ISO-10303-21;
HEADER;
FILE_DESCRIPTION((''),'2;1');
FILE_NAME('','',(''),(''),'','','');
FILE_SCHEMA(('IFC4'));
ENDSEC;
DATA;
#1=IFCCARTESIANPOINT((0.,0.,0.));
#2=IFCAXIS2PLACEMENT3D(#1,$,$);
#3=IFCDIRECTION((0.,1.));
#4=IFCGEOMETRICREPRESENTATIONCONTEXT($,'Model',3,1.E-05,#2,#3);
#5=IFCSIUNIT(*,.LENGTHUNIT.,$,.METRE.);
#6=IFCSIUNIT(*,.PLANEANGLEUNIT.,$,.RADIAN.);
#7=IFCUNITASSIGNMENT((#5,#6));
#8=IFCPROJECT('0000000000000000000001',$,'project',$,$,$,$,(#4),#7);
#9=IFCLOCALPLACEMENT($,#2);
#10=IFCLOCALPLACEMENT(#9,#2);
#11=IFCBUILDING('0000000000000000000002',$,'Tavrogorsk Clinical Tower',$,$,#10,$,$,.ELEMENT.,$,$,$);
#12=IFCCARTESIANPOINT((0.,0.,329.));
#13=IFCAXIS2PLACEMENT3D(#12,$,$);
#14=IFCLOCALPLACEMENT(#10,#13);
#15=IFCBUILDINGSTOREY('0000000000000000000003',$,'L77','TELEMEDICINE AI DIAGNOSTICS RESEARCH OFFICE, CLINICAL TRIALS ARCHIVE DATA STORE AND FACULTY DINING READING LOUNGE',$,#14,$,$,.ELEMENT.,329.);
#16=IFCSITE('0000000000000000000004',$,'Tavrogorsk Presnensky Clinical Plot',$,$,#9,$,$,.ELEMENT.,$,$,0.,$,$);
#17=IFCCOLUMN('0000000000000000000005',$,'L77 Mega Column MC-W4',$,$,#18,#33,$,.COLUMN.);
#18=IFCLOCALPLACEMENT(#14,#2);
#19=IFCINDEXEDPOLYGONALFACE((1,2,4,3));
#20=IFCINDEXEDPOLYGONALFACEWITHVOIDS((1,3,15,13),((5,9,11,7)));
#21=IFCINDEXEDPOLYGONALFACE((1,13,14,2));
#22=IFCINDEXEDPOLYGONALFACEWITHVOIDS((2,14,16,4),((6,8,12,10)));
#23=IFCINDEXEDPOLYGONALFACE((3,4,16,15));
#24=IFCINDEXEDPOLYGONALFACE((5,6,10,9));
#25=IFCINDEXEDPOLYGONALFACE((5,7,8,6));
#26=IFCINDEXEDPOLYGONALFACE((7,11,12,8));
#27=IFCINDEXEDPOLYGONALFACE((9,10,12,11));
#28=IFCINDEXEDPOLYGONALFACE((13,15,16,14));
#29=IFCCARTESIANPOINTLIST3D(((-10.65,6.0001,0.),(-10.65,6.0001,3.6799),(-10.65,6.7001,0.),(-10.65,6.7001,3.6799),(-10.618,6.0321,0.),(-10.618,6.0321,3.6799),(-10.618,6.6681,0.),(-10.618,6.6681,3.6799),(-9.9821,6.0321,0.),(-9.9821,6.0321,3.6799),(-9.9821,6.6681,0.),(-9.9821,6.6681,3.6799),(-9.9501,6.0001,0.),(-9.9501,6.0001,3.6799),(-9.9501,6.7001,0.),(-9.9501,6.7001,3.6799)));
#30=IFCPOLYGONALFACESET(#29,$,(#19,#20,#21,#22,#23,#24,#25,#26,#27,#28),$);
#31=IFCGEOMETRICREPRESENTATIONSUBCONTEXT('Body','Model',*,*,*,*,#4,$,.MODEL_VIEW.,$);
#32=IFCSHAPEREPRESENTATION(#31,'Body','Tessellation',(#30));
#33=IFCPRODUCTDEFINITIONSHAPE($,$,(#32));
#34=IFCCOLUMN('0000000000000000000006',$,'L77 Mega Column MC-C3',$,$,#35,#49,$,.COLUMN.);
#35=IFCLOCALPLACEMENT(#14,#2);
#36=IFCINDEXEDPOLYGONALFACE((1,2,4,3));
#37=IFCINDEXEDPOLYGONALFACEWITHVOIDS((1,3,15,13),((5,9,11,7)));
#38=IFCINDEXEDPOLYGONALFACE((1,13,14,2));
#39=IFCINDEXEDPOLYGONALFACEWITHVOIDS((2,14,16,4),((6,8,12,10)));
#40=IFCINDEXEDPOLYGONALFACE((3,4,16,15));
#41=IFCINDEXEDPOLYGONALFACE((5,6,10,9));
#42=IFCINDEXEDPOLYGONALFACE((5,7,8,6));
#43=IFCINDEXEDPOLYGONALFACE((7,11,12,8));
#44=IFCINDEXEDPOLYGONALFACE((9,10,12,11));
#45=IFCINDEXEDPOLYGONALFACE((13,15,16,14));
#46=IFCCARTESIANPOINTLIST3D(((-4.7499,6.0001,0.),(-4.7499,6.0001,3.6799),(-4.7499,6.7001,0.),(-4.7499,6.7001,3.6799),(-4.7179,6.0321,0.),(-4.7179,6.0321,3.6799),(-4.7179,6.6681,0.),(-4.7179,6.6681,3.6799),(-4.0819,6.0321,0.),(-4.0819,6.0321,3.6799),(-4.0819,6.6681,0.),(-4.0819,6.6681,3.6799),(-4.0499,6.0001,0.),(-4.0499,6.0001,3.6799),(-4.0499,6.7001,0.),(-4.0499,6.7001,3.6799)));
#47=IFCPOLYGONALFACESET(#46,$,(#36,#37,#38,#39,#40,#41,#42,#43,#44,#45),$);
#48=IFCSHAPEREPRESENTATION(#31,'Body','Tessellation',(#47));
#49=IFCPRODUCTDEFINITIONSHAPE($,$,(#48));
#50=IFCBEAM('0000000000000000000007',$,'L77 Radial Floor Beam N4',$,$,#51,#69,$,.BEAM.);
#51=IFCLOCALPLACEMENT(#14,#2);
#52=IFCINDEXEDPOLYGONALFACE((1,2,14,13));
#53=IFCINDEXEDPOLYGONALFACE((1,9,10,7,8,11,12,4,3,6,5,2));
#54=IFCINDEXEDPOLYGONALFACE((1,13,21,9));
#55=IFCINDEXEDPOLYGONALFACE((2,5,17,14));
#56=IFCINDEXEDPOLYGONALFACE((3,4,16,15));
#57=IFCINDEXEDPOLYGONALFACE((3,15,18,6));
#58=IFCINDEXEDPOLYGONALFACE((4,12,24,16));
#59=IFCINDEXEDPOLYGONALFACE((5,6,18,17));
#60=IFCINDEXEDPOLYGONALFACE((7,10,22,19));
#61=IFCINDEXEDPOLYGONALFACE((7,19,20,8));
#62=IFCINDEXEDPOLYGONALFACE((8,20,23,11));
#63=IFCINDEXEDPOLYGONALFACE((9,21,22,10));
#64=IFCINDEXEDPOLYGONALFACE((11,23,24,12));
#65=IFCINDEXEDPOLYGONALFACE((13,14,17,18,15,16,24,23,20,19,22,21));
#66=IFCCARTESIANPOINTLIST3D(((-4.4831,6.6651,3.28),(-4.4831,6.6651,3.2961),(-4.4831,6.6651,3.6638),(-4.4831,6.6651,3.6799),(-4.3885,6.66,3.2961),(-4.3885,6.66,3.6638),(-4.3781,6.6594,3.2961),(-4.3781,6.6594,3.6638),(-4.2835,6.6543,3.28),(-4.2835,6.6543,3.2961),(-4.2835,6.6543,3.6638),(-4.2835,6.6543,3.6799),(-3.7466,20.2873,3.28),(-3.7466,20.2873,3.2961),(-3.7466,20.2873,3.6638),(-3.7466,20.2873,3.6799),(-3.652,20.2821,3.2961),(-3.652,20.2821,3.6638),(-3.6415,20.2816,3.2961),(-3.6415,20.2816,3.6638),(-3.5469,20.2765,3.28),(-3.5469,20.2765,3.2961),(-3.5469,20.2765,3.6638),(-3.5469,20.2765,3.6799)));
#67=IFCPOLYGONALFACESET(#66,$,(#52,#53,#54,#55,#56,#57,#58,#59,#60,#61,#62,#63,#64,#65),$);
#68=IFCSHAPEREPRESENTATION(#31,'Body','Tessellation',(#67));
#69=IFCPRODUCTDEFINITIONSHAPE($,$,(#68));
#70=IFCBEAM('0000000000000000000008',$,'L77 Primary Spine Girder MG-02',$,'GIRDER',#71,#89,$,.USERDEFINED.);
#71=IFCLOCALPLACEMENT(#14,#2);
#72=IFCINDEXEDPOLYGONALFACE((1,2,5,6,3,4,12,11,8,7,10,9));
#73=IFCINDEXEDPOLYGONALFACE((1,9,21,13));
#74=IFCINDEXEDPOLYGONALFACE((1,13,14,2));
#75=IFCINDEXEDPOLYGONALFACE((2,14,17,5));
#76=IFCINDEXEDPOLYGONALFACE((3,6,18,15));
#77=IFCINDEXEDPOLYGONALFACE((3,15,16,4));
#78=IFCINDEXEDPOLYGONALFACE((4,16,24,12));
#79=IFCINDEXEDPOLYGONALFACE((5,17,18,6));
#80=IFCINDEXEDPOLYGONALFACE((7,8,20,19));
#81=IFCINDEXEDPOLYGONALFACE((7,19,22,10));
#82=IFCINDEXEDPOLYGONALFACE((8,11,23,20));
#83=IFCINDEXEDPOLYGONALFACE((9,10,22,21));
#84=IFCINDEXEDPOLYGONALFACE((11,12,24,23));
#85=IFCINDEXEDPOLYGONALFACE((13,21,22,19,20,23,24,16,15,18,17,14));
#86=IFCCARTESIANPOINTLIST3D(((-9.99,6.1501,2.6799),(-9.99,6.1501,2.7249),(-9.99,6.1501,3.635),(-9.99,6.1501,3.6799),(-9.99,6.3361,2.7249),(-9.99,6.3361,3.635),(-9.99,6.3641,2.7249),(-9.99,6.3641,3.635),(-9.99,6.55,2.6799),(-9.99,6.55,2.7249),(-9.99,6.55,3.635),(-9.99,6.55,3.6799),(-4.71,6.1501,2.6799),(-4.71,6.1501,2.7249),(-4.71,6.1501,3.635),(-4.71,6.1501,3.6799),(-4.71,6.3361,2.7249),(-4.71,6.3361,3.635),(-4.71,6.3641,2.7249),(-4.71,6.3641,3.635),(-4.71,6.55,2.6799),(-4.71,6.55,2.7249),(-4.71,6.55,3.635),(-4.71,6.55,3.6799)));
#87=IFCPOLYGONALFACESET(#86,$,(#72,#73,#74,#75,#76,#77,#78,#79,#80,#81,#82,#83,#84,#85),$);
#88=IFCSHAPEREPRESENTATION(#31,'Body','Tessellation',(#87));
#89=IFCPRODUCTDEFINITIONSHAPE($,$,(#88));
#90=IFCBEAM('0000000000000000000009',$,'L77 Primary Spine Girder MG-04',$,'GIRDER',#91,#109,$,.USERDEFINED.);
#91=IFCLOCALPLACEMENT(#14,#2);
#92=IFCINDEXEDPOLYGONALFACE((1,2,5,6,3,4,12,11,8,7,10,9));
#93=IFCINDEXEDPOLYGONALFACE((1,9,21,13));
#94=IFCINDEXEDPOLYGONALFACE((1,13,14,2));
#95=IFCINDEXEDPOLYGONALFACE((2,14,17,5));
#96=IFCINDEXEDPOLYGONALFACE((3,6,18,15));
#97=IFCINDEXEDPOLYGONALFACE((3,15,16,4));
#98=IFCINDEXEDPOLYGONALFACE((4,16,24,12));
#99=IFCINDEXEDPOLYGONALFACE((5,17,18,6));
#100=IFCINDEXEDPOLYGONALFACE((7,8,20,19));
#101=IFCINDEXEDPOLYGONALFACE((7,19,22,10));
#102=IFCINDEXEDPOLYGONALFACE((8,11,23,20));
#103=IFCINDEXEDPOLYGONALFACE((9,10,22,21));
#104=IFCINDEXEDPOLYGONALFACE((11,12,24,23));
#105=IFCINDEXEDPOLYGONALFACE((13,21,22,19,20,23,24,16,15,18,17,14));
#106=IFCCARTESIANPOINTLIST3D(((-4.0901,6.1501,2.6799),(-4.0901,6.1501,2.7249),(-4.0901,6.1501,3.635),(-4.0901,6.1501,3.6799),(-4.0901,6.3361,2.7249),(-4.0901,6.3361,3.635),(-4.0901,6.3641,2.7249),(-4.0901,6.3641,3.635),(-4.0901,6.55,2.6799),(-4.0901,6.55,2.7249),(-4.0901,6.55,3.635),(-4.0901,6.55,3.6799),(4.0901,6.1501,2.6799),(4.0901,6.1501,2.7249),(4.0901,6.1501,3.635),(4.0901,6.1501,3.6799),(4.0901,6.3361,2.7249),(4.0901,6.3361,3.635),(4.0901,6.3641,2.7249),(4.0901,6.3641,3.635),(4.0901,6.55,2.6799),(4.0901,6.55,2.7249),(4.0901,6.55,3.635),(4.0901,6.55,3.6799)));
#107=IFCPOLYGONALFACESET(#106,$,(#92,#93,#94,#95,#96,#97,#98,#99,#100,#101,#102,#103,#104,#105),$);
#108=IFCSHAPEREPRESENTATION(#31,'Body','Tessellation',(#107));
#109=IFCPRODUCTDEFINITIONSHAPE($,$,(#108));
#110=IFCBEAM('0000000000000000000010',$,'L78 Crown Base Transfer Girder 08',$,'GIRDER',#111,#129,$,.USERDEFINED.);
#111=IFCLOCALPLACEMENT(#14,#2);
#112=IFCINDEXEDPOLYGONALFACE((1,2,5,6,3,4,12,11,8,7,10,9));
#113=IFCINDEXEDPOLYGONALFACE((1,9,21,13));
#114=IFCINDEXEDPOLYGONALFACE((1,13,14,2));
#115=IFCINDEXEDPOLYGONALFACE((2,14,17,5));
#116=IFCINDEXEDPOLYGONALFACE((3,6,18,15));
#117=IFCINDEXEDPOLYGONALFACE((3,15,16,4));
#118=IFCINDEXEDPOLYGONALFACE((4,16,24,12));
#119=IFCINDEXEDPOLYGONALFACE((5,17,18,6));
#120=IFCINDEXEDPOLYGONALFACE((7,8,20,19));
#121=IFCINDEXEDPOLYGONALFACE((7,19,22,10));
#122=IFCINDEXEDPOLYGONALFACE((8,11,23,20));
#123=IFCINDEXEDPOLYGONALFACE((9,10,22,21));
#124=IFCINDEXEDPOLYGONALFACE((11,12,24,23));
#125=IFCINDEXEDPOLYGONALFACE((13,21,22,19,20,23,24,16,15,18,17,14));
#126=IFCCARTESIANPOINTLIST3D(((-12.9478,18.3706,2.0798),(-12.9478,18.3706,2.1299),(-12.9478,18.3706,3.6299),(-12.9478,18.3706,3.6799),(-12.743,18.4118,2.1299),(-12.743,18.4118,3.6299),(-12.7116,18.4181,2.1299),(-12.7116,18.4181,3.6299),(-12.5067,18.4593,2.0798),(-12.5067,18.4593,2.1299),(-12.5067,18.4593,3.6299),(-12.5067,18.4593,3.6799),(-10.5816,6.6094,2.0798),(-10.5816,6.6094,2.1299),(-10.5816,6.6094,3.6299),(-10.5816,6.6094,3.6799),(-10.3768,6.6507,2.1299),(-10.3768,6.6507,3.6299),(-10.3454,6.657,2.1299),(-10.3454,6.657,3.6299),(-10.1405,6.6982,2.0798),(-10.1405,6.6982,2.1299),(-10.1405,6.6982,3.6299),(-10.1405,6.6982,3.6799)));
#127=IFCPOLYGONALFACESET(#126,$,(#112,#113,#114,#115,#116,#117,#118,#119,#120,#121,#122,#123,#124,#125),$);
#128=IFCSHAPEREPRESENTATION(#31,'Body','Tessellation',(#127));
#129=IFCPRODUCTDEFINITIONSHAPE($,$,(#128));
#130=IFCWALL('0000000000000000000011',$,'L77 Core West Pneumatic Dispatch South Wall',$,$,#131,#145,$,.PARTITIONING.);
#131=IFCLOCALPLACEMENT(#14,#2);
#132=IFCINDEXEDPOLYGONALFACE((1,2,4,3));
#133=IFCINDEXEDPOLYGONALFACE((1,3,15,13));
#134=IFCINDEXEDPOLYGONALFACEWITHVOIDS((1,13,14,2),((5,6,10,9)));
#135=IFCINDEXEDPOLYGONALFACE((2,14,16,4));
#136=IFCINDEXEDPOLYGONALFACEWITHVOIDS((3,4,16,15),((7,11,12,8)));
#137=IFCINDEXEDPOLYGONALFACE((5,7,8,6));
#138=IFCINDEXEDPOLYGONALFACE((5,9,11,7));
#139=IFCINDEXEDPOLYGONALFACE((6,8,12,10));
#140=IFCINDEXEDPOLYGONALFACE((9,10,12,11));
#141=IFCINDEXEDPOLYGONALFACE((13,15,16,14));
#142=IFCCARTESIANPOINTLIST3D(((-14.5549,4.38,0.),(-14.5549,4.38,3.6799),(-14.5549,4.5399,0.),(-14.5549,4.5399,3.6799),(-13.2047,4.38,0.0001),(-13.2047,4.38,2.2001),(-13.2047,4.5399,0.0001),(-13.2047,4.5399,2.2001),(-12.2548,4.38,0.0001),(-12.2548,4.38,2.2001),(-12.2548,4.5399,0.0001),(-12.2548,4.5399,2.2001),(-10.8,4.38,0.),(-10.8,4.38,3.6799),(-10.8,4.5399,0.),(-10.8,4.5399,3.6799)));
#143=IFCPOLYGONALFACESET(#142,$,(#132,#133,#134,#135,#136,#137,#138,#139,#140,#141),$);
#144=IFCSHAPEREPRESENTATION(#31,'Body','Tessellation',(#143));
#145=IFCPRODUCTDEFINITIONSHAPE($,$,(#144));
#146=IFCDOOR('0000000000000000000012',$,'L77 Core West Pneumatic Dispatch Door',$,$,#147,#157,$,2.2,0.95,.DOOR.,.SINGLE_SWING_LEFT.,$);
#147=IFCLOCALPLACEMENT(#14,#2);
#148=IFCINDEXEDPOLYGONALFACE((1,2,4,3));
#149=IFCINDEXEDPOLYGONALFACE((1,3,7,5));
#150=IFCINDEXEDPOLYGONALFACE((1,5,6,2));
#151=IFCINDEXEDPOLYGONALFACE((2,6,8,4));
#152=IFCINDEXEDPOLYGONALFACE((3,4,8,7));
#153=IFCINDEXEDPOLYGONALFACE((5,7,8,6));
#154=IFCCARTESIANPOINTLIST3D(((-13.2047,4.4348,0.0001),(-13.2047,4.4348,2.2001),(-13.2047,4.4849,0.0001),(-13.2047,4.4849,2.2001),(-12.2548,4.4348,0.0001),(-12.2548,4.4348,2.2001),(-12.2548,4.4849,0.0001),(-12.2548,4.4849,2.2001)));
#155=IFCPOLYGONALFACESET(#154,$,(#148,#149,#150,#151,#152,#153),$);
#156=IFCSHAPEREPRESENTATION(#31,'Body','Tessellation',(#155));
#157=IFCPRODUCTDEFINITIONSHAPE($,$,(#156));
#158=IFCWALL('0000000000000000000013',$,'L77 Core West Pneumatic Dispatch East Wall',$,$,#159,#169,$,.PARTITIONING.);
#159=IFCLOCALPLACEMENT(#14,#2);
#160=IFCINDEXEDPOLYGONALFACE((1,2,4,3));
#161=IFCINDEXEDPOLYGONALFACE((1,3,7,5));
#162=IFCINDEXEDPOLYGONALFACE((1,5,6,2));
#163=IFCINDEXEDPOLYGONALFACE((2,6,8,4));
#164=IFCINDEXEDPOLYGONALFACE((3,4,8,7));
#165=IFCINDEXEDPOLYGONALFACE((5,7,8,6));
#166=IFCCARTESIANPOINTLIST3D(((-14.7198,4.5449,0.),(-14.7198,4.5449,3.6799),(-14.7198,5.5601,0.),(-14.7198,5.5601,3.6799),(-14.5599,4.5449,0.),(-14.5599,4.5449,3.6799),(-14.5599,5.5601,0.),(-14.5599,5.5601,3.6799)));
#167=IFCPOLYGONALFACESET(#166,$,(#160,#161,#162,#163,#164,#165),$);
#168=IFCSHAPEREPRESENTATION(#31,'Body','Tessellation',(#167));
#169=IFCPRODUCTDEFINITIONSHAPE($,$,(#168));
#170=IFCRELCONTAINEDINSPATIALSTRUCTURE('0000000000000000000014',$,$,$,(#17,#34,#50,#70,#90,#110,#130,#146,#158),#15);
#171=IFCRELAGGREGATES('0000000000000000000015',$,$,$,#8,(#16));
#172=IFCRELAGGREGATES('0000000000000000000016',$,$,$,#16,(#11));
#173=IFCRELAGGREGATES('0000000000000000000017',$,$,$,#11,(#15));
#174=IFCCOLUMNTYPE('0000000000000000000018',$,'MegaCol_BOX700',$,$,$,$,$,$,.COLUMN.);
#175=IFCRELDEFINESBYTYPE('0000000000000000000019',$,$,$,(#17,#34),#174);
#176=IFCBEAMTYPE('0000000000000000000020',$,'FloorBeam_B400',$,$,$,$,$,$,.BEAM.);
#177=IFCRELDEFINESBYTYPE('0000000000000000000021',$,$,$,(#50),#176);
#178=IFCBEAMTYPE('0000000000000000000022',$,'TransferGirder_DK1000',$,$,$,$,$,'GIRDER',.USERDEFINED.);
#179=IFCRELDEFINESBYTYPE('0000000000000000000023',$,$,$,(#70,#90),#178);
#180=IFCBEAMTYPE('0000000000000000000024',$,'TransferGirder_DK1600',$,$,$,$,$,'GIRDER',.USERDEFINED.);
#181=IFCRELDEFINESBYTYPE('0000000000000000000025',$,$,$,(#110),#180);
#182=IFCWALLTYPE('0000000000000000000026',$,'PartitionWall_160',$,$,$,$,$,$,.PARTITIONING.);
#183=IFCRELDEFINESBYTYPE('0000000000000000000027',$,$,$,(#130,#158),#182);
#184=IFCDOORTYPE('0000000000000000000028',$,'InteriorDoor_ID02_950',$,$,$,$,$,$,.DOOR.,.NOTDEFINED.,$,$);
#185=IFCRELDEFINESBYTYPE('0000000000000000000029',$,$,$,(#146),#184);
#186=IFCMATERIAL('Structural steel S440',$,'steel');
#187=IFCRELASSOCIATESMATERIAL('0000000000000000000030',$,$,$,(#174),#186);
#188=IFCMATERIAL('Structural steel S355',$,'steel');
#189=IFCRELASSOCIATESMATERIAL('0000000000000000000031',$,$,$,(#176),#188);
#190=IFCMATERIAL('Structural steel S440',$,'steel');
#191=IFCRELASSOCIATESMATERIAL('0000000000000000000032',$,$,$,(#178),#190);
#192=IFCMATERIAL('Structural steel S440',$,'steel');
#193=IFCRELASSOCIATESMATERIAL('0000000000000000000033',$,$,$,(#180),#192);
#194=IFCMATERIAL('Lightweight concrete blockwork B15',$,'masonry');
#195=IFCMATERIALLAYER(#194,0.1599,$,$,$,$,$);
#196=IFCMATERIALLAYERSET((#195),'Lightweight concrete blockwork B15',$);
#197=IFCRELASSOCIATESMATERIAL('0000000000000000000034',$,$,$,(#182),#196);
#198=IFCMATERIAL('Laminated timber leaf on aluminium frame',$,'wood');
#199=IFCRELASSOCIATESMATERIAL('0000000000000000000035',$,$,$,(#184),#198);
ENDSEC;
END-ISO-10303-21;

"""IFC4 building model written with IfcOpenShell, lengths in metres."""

from ifc_helpers import new_model, si_unit, direction, frame, frame_2d, origin, origin_2d, place, context, subcontext, project, spatial, rectangle, hollow_rectangle, i_section, extrude, material, layer, layer_set, material_profile, profile_set, type_object, element, fill, save


model = new_model("IFC4")

# Units and contexts
model_context = context("Model", 3, precision=1e-05, world=origin(), true_north=direction((0.0, 1.0)))
body_context = subcontext(model_context, "Body", "Model", "MODEL_VIEW")
ifc_project = project(units=[si_unit("LENGTHUNIT", "METRE"), si_unit("PLANEANGLEUNIT", "RADIAN")], contexts=[model_context])

# Site, building, storey
site_placement = place(None, origin())
site = spatial("IfcSite", under=ifc_project, at=site_placement, Name="Tavrogorsk Presnensky Clinical Plot", CompositionType="ELEMENT", RefElevation=0.0)
building_placement = place(site_placement, origin())
building = spatial("IfcBuilding", under=site, at=building_placement, Name="Tavrogorsk Clinical Tower", CompositionType="ELEMENT")
storey_placement = place(building_placement, frame((0.0, 0.0, 329.0)))
storey = spatial("IfcBuildingStorey", under=building, at=storey_placement, Name="L77", Description="TELEMEDICINE AI DIAGNOSTICS RESEARCH OFFICE, CLINICAL TRIALS ARCHIVE DATA STORE AND FACULTY DINING READING LOUNGE", CompositionType="ELEMENT", Elevation=329.0)

# Columns
ifc_material_1 = material(Name="Structural steel S440", Category="steel")
ifc_material_profile_1 = material_profile(ifc_material_1, hollow_rectangle(XDim=0.7, YDim=0.7, WallThickness=0.032, at=origin_2d()), Name="BOX-700x700x32")
ifc_profile_set_1 = profile_set([ifc_material_profile_1], Name="Structural steel S440")
column_type = type_object("IfcColumnType", Name="MegaCol_BOX700", PredefinedType="COLUMN", material=ifc_profile_set_1)
for number, where, z_axis, x_axis, name in (
    (1, (-10.3, 6.3501, 0.0), (0.0, 0.0, 1.0), (1.0, 0.0, 0.0), "L77 Mega Column MC-W4"),
    (2, (-4.3999, 6.3501, 0.0), (0.0, 0.0, 1.0), (1.0, 0.0, 0.0), "L77 Mega Column MC-C3"),
):
    element("IfcColumn", number, at=place(storey_placement, frame(where, z_axis=z_axis, x_axis=x_axis)), inside=storey, type_object=column_type, Name=name, PredefinedType="COLUMN", context=body_context, shape_type="SweptSolid", body=[
        extrude(hollow_rectangle(XDim=0.7, YDim=0.7, WallThickness=0.032, at=origin_2d()), origin(), (0.0, 0.0, 1.0), 3.6799),
    ])

# Beams
ifc_material_2 = material(Name="Structural steel S355", Category="steel")
ifc_material_profile_2 = material_profile(ifc_material_2, i_section(OverallWidth=0.2, OverallDepth=0.3999, WebThickness=0.0105, FlangeThickness=0.0161, at=origin_2d()), Name="B-400x200x10.5x16")
ifc_profile_set_2 = profile_set([ifc_material_profile_2], Name="Structural steel S355")
beam_type_1 = type_object("IfcBeamType", Name="FloorBeam_B400", PredefinedType="BEAM", material=ifc_profile_set_2)
beam_1_placement = place(storey_placement, frame((-4.3833, 6.6597, 3.48), z_axis=(0.053993, 0.998541, 0.0), x_axis=(-0.998541, 0.053993, 0.0)))
element("IfcBeam", 3, at=beam_1_placement, inside=storey, type_object=beam_type_1, Name="L77 Radial Floor Beam N4", PredefinedType="BEAM", context=body_context, shape_type="SweptSolid", body=[
    extrude(i_section(OverallWidth=0.2, OverallDepth=0.3999, WebThickness=0.0105, FlangeThickness=0.0161, at=origin_2d()), origin(), (0.0, 0.0, 1.0), 13.6421),
])
ifc_material_3 = material(Name="Structural steel S440", Category="steel")
ifc_material_profile_3 = material_profile(ifc_material_3, i_section(OverallWidth=0.3999, OverallDepth=1.0, WebThickness=0.0281, FlangeThickness=0.0449, at=origin_2d()), Name="DK-1000x400x28x45")
ifc_profile_set_3 = profile_set([ifc_material_profile_3], Name="Structural steel S440")
beam_type_2 = type_object("IfcBeamType", Name="TransferGirder_DK1000", ElementType="GIRDER", PredefinedType="USERDEFINED", material=ifc_profile_set_3)
beam_2_placement = place(storey_placement, frame((-9.99, 6.3501, 3.1799), z_axis=(1.0, 0.0, 0.0), x_axis=(0.0, 1.0, 0.0)))
element("IfcBeam", 4, at=beam_2_placement, inside=storey, type_object=beam_type_2, Name="L77 Primary Spine Girder MG-02", ObjectType="GIRDER", PredefinedType="USERDEFINED", context=body_context, shape_type="SweptSolid", body=[
    extrude(i_section(OverallWidth=0.3999, OverallDepth=1.0, WebThickness=0.0281, FlangeThickness=0.0449, at=origin_2d()), origin(), (0.0, 0.0, 1.0), 5.28),
])
beam_3_placement = place(storey_placement, frame((-4.0901, 6.3501, 3.1799), z_axis=(1.0, 0.0, 0.0), x_axis=(0.0, 1.0, 0.0)))
element("IfcBeam", 5, at=beam_3_placement, inside=storey, type_object=beam_type_2, Name="L77 Primary Spine Girder MG-04", ObjectType="GIRDER", PredefinedType="USERDEFINED", context=body_context, shape_type="SweptSolid", body=[
    extrude(i_section(OverallWidth=0.3999, OverallDepth=1.0, WebThickness=0.0281, FlangeThickness=0.0449, at=origin_2d()), origin(), (0.0, 0.0, 1.0), 8.1802),
])
ifc_material_4 = material(Name="Structural steel S440", Category="steel")
ifc_material_profile_4 = material_profile(ifc_material_4, i_section(OverallWidth=0.45, OverallDepth=1.6001, WebThickness=0.032, FlangeThickness=0.05, at=origin_2d()), Name="DK-1600x450x32x50")
ifc_profile_set_4 = profile_set([ifc_material_profile_4], Name="Structural steel S440")
beam_type_3 = type_object("IfcBeamType", Name="TransferGirder_DK1600", ElementType="GIRDER", PredefinedType="USERDEFINED", material=ifc_profile_set_4)
beam_4_placement = place(storey_placement, frame((-10.3611, 6.6538, 2.8799), z_axis=(-0.197235, 0.980356, 0.0), x_axis=(-0.980356, -0.197235, 0.0)))
element("IfcBeam", 6, at=beam_4_placement, inside=storey, type_object=beam_type_3, Name="L78 Crown Base Transfer Girder 08", ObjectType="GIRDER", PredefinedType="USERDEFINED", context=body_context, shape_type="SweptSolid", body=[
    extrude(i_section(OverallWidth=0.45, OverallDepth=1.6001, WebThickness=0.032, FlangeThickness=0.05, at=origin_2d()), origin(), (0.0, 0.0, 1.0), 11.9968),
])

# Wall, opening, door
ifc_material_5 = material(Name="Lightweight concrete blockwork B15", Category="masonry")
ifc_layer_1 = layer(ifc_material_5, 0.1599)
ifc_layer_set_1 = layer_set([ifc_layer_1], Name="Lightweight concrete blockwork B15")
wall_type_1 = type_object("IfcWallType", Name="PartitionWall_160", PredefinedType="PARTITIONING", material=ifc_layer_set_1)
wall_1_placement = place(storey_placement, frame((-14.5549, 4.46, 0.0), z_axis=(0.0, 0.0, 1.0), x_axis=(1.0, 0.0, 0.0)))
wall_1 = element("IfcWall", 7, at=wall_1_placement, inside=storey, type_object=wall_type_1, Name="L77 Core West Pneumatic Dispatch South Wall", PredefinedType="PARTITIONING", context=body_context, shape_type="SweptSolid", body=[
    extrude(rectangle(XDim=3.7549, YDim=0.1599, at=frame_2d((1.8774, 0.0))), origin(), (0.0, 0.0, 1.0), 3.6799),
])
opening_1_placement = place(wall_1_placement, frame((1.3501, 0.0, 0.0)))
opening_1 = element("IfcOpeningElement", 8, at=opening_1_placement, cuts=wall_1, PredefinedType="OPENING", context=body_context, shape_type="SweptSolid", body=[
    extrude(rectangle(XDim=0.95, YDim=2.2, at=frame_2d((0.4751, 1.1001))), frame((0.0, 0.0898, 0.0), z_axis=(0.0, -1.0, 0.0), x_axis=(1.0, 0.0, 0.0)), (0.0, 0.0, 1.0), 0.1799),
])
ifc_material_6 = material(Name="Laminated timber leaf on aluminium frame", Category="wood")
door_type_1 = type_object("IfcDoorType", Name="InteriorDoor_ID02_950", OperationType="NOTDEFINED", PredefinedType="DOOR", material=ifc_material_6)
door_1_placement = place(opening_1_placement, origin())
door_1 = element("IfcDoor", 9, at=door_1_placement, inside=storey, type_object=door_type_1, Name="L77 Core West Pneumatic Dispatch Door", OperationType="SINGLE_SWING_LEFT", OverallHeight=2.2, OverallWidth=0.95, PredefinedType="DOOR", context=body_context, shape_type="SweptSolid", body=[
    extrude(rectangle(XDim=0.95, YDim=2.2, at=frame_2d((0.4751, 1.1001))), frame((0.0, 0.0249, 0.0), z_axis=(0.0, -1.0, 0.0), x_axis=(1.0, 0.0, 0.0)), (0.0, 0.0, 1.0), 0.05),
])
fill(opening_1, door_1)

# Wall
wall_2_placement = place(storey_placement, frame((-14.6399, 4.5449, 0.0), z_axis=(0.0, 0.0, 1.0), x_axis=(0.0, 1.0, 0.0)))
element("IfcWall", 10, at=wall_2_placement, inside=storey, type_object=wall_type_1, Name="L77 Core West Pneumatic Dispatch East Wall", PredefinedType="PARTITIONING", context=body_context, shape_type="SweptSolid", body=[
    extrude(rectangle(XDim=1.0151, YDim=0.1599, at=frame_2d((0.5076, 0.0))), origin(), (0.0, 0.0, 1.0), 3.6799),
])

save(model, "model.ifc")
